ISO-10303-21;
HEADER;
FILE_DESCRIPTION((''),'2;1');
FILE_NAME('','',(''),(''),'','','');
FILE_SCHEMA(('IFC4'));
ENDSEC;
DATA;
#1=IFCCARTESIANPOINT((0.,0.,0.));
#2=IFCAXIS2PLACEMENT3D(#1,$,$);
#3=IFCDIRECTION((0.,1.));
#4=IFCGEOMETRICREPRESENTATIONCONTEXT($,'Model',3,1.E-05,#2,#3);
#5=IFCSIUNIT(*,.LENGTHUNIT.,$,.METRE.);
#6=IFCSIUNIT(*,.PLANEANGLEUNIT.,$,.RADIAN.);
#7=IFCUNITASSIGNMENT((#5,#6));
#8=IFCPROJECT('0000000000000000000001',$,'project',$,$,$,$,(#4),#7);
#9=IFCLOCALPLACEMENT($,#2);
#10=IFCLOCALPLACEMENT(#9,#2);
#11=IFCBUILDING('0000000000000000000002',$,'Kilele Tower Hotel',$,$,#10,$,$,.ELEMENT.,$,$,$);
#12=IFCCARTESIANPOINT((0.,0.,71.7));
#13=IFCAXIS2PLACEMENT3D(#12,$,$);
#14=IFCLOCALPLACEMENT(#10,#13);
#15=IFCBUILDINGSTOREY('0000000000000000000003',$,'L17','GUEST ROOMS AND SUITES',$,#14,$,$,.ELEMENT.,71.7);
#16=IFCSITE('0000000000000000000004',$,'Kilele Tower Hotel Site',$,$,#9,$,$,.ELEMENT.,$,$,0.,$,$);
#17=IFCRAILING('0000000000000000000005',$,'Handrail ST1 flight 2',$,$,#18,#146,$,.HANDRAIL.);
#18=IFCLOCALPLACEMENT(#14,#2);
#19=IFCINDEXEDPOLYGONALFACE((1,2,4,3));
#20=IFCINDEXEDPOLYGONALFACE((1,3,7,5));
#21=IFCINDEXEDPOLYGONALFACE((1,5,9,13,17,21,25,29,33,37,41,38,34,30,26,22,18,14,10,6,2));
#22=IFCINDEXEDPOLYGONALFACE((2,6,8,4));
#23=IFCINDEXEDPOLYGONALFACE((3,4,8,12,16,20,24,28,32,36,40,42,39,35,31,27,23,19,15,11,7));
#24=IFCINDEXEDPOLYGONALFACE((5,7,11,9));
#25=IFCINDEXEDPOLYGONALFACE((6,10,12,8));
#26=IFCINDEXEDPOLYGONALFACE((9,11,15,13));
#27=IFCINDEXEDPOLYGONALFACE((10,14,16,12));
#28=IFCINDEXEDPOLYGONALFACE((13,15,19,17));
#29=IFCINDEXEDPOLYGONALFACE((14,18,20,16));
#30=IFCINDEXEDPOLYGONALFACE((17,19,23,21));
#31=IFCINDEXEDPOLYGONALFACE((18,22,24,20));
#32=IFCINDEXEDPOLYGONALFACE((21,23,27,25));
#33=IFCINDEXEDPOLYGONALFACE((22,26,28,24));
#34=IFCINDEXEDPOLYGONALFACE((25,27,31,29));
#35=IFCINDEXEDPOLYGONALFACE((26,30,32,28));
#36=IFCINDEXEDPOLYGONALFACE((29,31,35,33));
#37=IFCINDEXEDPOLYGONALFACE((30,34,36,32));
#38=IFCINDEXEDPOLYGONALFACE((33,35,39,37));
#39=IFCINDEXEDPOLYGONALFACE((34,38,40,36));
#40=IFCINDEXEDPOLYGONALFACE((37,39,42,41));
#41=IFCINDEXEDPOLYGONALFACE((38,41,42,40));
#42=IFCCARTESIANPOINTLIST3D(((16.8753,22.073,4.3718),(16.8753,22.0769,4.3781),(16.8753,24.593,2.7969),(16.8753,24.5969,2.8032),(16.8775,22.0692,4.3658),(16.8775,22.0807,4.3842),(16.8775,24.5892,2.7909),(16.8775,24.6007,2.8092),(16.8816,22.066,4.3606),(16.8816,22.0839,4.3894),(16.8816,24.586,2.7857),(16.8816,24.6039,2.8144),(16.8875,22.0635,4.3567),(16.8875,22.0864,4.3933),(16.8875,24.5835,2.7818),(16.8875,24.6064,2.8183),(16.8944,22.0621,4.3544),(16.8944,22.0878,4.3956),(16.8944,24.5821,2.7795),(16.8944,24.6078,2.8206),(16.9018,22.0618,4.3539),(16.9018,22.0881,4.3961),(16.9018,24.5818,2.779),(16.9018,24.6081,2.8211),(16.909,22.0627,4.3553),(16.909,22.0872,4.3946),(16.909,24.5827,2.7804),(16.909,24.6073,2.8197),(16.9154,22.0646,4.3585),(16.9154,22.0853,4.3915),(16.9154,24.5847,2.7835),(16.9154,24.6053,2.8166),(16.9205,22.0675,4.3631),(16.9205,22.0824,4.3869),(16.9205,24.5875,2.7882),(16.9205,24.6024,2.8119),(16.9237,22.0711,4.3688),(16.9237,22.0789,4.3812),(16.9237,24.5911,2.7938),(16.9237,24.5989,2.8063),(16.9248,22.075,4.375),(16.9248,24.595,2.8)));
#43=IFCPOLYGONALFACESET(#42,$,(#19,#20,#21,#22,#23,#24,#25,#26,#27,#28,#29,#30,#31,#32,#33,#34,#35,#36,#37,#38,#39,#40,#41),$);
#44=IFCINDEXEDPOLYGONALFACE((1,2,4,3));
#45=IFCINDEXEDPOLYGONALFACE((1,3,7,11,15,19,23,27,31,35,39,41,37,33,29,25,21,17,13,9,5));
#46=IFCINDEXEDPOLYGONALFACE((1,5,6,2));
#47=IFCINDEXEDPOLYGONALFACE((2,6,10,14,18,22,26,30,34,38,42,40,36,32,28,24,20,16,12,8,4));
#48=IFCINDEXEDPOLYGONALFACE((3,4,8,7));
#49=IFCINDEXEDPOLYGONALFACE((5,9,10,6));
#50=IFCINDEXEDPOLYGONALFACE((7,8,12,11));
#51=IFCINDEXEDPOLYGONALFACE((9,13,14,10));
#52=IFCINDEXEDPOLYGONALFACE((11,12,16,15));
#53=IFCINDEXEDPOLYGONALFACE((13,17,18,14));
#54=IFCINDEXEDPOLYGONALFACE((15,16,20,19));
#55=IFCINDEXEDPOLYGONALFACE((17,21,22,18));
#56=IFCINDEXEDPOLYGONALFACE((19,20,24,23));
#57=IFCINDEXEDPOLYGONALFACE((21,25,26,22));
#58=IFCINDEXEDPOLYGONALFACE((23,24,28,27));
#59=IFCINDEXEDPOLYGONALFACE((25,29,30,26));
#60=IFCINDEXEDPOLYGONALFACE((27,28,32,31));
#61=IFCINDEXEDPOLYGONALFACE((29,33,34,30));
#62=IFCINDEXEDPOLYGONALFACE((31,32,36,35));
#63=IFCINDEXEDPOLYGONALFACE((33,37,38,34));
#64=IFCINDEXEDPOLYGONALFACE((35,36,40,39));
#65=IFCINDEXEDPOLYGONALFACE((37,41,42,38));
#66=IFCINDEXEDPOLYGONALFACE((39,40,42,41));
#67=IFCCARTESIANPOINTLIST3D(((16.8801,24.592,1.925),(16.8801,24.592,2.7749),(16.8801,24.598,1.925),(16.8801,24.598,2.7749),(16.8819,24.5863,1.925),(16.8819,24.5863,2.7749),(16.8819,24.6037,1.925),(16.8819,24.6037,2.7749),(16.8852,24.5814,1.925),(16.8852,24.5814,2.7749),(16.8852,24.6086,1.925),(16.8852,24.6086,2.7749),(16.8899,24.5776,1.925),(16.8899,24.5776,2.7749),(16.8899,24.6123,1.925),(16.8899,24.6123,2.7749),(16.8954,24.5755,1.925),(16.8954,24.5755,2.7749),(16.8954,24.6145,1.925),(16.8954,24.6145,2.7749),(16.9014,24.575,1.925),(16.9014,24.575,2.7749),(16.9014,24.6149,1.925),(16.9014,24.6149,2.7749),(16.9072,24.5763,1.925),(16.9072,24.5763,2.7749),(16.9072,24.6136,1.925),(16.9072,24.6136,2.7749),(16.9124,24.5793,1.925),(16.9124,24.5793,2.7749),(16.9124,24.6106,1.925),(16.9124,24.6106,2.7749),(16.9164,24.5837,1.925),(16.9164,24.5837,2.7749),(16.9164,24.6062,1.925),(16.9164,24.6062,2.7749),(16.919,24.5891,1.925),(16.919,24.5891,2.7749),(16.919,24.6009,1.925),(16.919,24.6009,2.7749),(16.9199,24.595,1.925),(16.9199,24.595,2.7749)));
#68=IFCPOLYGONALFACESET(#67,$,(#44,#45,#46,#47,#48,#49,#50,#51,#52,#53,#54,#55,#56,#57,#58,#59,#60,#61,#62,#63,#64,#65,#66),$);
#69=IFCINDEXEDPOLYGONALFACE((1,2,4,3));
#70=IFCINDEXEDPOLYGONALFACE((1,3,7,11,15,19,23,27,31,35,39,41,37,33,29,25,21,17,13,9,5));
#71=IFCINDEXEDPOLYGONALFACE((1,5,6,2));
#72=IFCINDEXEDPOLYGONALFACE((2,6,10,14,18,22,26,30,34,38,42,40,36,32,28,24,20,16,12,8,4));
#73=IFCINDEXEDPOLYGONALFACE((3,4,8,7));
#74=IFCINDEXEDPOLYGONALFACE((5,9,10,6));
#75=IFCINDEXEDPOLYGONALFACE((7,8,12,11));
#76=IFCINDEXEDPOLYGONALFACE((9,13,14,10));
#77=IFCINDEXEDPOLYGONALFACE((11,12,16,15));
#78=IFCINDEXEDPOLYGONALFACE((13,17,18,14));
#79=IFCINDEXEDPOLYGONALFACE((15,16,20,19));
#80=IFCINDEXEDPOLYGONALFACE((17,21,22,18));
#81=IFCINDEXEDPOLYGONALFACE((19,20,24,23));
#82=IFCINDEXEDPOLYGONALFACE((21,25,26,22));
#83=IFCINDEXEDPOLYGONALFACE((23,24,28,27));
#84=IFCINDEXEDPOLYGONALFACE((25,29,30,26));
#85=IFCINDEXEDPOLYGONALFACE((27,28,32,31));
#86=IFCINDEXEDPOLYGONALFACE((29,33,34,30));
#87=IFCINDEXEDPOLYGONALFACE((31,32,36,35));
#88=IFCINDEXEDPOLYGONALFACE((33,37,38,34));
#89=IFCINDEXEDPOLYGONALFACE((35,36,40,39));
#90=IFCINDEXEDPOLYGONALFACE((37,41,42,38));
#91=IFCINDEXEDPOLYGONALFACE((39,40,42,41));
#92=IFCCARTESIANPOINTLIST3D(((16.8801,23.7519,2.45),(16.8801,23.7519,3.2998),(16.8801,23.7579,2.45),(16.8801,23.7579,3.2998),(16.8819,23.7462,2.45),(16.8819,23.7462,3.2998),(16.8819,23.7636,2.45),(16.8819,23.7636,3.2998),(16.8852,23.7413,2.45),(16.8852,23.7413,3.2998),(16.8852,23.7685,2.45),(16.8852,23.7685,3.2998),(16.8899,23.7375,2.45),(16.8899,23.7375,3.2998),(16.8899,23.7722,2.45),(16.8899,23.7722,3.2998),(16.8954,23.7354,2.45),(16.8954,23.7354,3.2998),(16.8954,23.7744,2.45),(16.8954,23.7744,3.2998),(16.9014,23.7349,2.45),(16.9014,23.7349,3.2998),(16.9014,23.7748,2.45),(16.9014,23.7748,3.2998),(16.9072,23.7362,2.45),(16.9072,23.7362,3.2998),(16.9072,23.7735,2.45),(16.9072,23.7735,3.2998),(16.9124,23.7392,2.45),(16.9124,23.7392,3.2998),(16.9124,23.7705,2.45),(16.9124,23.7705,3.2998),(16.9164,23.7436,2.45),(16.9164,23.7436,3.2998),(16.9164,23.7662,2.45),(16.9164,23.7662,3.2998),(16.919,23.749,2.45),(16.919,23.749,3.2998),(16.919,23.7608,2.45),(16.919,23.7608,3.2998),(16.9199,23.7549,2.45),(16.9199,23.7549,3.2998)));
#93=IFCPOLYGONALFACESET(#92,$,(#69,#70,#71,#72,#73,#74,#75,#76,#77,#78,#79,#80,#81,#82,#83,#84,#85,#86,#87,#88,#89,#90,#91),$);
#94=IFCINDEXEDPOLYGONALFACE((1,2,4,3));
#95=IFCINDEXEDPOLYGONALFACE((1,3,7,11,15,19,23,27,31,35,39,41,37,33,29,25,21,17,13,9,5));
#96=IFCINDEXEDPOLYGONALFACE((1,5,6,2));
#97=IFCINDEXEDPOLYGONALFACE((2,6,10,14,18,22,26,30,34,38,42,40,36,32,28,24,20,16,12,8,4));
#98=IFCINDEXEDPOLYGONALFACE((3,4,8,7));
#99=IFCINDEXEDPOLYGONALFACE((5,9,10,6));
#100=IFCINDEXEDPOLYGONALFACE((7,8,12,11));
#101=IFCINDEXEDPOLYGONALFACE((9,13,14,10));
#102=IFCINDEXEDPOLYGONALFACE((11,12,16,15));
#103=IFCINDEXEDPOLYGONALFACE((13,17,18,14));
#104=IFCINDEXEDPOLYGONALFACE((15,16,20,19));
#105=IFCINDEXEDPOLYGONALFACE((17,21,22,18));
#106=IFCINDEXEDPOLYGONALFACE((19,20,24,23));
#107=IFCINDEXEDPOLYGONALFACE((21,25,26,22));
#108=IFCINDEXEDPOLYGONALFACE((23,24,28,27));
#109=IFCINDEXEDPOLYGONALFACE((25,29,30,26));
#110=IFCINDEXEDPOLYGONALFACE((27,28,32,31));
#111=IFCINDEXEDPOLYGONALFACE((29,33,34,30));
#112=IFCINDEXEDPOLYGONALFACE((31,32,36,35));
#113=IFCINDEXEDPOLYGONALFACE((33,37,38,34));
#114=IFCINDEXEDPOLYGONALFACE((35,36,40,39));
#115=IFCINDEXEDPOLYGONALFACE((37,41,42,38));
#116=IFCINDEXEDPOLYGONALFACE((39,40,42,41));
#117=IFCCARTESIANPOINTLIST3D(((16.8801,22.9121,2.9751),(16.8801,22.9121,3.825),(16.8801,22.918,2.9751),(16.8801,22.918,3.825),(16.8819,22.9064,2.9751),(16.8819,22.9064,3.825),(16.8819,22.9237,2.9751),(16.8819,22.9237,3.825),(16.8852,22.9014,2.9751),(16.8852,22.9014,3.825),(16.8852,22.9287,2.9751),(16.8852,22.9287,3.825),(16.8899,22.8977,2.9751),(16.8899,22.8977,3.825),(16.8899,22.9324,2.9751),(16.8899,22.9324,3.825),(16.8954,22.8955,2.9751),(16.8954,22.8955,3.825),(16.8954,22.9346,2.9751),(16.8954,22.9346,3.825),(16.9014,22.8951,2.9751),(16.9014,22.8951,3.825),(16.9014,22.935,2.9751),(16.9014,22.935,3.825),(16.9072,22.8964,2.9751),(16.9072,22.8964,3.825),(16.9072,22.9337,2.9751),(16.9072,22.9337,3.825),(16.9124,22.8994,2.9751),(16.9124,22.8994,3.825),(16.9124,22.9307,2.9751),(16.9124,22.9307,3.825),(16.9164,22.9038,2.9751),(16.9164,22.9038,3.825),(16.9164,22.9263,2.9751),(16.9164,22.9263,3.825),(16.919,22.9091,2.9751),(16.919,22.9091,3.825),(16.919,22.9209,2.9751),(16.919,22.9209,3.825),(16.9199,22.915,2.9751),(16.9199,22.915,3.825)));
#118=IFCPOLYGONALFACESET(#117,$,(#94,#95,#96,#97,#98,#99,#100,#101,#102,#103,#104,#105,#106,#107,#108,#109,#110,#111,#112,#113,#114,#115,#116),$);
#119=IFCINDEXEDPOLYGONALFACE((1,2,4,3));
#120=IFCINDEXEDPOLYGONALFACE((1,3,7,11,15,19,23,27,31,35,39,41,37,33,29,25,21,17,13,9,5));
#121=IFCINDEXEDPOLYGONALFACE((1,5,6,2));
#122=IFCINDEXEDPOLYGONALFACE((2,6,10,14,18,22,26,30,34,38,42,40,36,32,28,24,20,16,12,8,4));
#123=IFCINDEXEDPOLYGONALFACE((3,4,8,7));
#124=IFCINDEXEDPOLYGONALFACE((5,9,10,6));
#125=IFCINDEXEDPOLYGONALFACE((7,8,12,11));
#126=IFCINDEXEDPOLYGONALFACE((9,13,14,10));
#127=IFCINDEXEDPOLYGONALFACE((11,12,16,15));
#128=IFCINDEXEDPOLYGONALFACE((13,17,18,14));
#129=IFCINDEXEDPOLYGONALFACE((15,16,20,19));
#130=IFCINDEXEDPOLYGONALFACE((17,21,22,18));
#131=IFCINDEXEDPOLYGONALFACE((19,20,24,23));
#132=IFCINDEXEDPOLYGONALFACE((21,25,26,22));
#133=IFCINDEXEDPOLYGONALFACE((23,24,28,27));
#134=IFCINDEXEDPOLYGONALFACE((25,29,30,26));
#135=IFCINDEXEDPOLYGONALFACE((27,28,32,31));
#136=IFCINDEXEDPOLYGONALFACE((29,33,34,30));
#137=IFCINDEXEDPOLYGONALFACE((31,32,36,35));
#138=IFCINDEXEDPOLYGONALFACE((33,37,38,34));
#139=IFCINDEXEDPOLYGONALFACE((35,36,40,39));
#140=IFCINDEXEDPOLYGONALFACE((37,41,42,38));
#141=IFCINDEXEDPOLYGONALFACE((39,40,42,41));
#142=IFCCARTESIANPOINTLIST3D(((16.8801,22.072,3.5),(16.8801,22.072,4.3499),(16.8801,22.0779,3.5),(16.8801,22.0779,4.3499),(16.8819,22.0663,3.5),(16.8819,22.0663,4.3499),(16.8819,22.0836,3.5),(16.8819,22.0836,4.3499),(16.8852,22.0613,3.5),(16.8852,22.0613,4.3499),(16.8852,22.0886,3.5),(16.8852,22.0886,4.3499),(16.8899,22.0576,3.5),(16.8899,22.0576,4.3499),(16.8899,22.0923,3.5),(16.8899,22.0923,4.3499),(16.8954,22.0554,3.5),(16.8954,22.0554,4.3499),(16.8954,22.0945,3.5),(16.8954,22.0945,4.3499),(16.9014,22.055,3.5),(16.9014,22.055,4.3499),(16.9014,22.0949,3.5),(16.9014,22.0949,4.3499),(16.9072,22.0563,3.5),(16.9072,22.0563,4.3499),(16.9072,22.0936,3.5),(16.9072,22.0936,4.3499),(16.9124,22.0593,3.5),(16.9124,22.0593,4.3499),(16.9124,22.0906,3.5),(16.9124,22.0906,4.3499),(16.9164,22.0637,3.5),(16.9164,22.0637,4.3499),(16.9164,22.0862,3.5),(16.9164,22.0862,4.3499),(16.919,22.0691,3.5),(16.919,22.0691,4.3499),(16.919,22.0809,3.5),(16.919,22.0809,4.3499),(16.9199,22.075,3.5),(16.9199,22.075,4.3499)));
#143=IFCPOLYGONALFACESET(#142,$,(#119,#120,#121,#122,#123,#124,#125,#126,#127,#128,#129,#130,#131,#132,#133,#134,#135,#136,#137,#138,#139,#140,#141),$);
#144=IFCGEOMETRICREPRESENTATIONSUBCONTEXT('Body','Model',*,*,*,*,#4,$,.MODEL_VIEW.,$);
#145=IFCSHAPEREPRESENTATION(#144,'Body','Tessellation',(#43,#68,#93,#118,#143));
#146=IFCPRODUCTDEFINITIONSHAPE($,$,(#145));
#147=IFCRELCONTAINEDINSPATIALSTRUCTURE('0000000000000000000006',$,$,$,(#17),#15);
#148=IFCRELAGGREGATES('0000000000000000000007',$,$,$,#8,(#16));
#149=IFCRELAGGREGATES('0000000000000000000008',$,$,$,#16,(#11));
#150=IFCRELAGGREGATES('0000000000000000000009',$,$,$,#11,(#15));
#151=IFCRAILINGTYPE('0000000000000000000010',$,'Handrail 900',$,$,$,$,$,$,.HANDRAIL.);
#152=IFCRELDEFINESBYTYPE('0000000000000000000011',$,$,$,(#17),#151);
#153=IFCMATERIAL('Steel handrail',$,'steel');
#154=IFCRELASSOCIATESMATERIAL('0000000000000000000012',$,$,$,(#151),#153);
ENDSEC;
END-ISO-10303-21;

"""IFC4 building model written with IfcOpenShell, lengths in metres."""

from ifc_helpers import new_model, si_unit, direction, frame, origin, origin_2d, place, context, subcontext, project, spatial, circle, extrude, material, type_object, element, save


model = new_model("IFC4")

# Units and contexts
model_context = context("Model", 3, precision=1e-05, world=origin(), true_north=direction((0.0, 1.0)))
body_context = subcontext(model_context, "Body", "Model", "MODEL_VIEW")
ifc_project = project(units=[si_unit("LENGTHUNIT", "METRE"), si_unit("PLANEANGLEUNIT", "RADIAN")], contexts=[model_context])

# Site, building, storey
site_placement = place(None, origin())
site = spatial("IfcSite", under=ifc_project, at=site_placement, Name="Kilele Tower Hotel Site", CompositionType="ELEMENT", RefElevation=0.0)
building_placement = place(site_placement, origin())
building = spatial("IfcBuilding", under=site, at=building_placement, Name="Kilele Tower Hotel", CompositionType="ELEMENT")
storey_placement = place(building_placement, frame((0.0, 0.0, 71.7)))
storey = spatial("IfcBuildingStorey", under=building, at=storey_placement, Name="L17", Description="GUEST ROOMS AND SUITES", CompositionType="ELEMENT", Elevation=71.7)

# Railing
ifc_material_1 = material(Name="Steel handrail", Category="steel")
railing_type_1 = type_object("IfcRailingType", Name="Handrail 900", PredefinedType="HANDRAIL", material=ifc_material_1)
for number, where, name in (
    (1, (16.8999, 24.595, 1.925), "Handrail ST1 flight 2"),
):
    element("IfcRailing", number, at=place(storey_placement, frame(where)), inside=storey, type_object=railing_type_1, Name=name, PredefinedType="HANDRAIL", context=body_context, shape_type="SweptSolid", body=[
        extrude(circle(Radius=0.0249, at=origin_2d()), frame((0.0, 0.0, 0.875), z_axis=(0.0, -0.848008, 0.529984), x_axis=(1.0, 0.0, 0.0)), (0.0, 0.0, 1.0), 2.9717),
        extrude(circle(Radius=0.02, at=origin_2d()), origin(), (0.0, 0.0, 1.0), 0.8499),
        extrude(circle(Radius=0.02, at=origin_2d()), frame((0.0, -0.8401, 0.5249)), (0.0, 0.0, 1.0), 0.8499),
        extrude(circle(Radius=0.02, at=origin_2d()), frame((0.0, -1.6799, 1.05)), (0.0, 0.0, 1.0), 0.8499),
        extrude(circle(Radius=0.02, at=origin_2d()), frame((0.0, -2.52, 1.575)), (0.0, 0.0, 1.0), 0.8499),
    ])

save(model, "model.ifc")
